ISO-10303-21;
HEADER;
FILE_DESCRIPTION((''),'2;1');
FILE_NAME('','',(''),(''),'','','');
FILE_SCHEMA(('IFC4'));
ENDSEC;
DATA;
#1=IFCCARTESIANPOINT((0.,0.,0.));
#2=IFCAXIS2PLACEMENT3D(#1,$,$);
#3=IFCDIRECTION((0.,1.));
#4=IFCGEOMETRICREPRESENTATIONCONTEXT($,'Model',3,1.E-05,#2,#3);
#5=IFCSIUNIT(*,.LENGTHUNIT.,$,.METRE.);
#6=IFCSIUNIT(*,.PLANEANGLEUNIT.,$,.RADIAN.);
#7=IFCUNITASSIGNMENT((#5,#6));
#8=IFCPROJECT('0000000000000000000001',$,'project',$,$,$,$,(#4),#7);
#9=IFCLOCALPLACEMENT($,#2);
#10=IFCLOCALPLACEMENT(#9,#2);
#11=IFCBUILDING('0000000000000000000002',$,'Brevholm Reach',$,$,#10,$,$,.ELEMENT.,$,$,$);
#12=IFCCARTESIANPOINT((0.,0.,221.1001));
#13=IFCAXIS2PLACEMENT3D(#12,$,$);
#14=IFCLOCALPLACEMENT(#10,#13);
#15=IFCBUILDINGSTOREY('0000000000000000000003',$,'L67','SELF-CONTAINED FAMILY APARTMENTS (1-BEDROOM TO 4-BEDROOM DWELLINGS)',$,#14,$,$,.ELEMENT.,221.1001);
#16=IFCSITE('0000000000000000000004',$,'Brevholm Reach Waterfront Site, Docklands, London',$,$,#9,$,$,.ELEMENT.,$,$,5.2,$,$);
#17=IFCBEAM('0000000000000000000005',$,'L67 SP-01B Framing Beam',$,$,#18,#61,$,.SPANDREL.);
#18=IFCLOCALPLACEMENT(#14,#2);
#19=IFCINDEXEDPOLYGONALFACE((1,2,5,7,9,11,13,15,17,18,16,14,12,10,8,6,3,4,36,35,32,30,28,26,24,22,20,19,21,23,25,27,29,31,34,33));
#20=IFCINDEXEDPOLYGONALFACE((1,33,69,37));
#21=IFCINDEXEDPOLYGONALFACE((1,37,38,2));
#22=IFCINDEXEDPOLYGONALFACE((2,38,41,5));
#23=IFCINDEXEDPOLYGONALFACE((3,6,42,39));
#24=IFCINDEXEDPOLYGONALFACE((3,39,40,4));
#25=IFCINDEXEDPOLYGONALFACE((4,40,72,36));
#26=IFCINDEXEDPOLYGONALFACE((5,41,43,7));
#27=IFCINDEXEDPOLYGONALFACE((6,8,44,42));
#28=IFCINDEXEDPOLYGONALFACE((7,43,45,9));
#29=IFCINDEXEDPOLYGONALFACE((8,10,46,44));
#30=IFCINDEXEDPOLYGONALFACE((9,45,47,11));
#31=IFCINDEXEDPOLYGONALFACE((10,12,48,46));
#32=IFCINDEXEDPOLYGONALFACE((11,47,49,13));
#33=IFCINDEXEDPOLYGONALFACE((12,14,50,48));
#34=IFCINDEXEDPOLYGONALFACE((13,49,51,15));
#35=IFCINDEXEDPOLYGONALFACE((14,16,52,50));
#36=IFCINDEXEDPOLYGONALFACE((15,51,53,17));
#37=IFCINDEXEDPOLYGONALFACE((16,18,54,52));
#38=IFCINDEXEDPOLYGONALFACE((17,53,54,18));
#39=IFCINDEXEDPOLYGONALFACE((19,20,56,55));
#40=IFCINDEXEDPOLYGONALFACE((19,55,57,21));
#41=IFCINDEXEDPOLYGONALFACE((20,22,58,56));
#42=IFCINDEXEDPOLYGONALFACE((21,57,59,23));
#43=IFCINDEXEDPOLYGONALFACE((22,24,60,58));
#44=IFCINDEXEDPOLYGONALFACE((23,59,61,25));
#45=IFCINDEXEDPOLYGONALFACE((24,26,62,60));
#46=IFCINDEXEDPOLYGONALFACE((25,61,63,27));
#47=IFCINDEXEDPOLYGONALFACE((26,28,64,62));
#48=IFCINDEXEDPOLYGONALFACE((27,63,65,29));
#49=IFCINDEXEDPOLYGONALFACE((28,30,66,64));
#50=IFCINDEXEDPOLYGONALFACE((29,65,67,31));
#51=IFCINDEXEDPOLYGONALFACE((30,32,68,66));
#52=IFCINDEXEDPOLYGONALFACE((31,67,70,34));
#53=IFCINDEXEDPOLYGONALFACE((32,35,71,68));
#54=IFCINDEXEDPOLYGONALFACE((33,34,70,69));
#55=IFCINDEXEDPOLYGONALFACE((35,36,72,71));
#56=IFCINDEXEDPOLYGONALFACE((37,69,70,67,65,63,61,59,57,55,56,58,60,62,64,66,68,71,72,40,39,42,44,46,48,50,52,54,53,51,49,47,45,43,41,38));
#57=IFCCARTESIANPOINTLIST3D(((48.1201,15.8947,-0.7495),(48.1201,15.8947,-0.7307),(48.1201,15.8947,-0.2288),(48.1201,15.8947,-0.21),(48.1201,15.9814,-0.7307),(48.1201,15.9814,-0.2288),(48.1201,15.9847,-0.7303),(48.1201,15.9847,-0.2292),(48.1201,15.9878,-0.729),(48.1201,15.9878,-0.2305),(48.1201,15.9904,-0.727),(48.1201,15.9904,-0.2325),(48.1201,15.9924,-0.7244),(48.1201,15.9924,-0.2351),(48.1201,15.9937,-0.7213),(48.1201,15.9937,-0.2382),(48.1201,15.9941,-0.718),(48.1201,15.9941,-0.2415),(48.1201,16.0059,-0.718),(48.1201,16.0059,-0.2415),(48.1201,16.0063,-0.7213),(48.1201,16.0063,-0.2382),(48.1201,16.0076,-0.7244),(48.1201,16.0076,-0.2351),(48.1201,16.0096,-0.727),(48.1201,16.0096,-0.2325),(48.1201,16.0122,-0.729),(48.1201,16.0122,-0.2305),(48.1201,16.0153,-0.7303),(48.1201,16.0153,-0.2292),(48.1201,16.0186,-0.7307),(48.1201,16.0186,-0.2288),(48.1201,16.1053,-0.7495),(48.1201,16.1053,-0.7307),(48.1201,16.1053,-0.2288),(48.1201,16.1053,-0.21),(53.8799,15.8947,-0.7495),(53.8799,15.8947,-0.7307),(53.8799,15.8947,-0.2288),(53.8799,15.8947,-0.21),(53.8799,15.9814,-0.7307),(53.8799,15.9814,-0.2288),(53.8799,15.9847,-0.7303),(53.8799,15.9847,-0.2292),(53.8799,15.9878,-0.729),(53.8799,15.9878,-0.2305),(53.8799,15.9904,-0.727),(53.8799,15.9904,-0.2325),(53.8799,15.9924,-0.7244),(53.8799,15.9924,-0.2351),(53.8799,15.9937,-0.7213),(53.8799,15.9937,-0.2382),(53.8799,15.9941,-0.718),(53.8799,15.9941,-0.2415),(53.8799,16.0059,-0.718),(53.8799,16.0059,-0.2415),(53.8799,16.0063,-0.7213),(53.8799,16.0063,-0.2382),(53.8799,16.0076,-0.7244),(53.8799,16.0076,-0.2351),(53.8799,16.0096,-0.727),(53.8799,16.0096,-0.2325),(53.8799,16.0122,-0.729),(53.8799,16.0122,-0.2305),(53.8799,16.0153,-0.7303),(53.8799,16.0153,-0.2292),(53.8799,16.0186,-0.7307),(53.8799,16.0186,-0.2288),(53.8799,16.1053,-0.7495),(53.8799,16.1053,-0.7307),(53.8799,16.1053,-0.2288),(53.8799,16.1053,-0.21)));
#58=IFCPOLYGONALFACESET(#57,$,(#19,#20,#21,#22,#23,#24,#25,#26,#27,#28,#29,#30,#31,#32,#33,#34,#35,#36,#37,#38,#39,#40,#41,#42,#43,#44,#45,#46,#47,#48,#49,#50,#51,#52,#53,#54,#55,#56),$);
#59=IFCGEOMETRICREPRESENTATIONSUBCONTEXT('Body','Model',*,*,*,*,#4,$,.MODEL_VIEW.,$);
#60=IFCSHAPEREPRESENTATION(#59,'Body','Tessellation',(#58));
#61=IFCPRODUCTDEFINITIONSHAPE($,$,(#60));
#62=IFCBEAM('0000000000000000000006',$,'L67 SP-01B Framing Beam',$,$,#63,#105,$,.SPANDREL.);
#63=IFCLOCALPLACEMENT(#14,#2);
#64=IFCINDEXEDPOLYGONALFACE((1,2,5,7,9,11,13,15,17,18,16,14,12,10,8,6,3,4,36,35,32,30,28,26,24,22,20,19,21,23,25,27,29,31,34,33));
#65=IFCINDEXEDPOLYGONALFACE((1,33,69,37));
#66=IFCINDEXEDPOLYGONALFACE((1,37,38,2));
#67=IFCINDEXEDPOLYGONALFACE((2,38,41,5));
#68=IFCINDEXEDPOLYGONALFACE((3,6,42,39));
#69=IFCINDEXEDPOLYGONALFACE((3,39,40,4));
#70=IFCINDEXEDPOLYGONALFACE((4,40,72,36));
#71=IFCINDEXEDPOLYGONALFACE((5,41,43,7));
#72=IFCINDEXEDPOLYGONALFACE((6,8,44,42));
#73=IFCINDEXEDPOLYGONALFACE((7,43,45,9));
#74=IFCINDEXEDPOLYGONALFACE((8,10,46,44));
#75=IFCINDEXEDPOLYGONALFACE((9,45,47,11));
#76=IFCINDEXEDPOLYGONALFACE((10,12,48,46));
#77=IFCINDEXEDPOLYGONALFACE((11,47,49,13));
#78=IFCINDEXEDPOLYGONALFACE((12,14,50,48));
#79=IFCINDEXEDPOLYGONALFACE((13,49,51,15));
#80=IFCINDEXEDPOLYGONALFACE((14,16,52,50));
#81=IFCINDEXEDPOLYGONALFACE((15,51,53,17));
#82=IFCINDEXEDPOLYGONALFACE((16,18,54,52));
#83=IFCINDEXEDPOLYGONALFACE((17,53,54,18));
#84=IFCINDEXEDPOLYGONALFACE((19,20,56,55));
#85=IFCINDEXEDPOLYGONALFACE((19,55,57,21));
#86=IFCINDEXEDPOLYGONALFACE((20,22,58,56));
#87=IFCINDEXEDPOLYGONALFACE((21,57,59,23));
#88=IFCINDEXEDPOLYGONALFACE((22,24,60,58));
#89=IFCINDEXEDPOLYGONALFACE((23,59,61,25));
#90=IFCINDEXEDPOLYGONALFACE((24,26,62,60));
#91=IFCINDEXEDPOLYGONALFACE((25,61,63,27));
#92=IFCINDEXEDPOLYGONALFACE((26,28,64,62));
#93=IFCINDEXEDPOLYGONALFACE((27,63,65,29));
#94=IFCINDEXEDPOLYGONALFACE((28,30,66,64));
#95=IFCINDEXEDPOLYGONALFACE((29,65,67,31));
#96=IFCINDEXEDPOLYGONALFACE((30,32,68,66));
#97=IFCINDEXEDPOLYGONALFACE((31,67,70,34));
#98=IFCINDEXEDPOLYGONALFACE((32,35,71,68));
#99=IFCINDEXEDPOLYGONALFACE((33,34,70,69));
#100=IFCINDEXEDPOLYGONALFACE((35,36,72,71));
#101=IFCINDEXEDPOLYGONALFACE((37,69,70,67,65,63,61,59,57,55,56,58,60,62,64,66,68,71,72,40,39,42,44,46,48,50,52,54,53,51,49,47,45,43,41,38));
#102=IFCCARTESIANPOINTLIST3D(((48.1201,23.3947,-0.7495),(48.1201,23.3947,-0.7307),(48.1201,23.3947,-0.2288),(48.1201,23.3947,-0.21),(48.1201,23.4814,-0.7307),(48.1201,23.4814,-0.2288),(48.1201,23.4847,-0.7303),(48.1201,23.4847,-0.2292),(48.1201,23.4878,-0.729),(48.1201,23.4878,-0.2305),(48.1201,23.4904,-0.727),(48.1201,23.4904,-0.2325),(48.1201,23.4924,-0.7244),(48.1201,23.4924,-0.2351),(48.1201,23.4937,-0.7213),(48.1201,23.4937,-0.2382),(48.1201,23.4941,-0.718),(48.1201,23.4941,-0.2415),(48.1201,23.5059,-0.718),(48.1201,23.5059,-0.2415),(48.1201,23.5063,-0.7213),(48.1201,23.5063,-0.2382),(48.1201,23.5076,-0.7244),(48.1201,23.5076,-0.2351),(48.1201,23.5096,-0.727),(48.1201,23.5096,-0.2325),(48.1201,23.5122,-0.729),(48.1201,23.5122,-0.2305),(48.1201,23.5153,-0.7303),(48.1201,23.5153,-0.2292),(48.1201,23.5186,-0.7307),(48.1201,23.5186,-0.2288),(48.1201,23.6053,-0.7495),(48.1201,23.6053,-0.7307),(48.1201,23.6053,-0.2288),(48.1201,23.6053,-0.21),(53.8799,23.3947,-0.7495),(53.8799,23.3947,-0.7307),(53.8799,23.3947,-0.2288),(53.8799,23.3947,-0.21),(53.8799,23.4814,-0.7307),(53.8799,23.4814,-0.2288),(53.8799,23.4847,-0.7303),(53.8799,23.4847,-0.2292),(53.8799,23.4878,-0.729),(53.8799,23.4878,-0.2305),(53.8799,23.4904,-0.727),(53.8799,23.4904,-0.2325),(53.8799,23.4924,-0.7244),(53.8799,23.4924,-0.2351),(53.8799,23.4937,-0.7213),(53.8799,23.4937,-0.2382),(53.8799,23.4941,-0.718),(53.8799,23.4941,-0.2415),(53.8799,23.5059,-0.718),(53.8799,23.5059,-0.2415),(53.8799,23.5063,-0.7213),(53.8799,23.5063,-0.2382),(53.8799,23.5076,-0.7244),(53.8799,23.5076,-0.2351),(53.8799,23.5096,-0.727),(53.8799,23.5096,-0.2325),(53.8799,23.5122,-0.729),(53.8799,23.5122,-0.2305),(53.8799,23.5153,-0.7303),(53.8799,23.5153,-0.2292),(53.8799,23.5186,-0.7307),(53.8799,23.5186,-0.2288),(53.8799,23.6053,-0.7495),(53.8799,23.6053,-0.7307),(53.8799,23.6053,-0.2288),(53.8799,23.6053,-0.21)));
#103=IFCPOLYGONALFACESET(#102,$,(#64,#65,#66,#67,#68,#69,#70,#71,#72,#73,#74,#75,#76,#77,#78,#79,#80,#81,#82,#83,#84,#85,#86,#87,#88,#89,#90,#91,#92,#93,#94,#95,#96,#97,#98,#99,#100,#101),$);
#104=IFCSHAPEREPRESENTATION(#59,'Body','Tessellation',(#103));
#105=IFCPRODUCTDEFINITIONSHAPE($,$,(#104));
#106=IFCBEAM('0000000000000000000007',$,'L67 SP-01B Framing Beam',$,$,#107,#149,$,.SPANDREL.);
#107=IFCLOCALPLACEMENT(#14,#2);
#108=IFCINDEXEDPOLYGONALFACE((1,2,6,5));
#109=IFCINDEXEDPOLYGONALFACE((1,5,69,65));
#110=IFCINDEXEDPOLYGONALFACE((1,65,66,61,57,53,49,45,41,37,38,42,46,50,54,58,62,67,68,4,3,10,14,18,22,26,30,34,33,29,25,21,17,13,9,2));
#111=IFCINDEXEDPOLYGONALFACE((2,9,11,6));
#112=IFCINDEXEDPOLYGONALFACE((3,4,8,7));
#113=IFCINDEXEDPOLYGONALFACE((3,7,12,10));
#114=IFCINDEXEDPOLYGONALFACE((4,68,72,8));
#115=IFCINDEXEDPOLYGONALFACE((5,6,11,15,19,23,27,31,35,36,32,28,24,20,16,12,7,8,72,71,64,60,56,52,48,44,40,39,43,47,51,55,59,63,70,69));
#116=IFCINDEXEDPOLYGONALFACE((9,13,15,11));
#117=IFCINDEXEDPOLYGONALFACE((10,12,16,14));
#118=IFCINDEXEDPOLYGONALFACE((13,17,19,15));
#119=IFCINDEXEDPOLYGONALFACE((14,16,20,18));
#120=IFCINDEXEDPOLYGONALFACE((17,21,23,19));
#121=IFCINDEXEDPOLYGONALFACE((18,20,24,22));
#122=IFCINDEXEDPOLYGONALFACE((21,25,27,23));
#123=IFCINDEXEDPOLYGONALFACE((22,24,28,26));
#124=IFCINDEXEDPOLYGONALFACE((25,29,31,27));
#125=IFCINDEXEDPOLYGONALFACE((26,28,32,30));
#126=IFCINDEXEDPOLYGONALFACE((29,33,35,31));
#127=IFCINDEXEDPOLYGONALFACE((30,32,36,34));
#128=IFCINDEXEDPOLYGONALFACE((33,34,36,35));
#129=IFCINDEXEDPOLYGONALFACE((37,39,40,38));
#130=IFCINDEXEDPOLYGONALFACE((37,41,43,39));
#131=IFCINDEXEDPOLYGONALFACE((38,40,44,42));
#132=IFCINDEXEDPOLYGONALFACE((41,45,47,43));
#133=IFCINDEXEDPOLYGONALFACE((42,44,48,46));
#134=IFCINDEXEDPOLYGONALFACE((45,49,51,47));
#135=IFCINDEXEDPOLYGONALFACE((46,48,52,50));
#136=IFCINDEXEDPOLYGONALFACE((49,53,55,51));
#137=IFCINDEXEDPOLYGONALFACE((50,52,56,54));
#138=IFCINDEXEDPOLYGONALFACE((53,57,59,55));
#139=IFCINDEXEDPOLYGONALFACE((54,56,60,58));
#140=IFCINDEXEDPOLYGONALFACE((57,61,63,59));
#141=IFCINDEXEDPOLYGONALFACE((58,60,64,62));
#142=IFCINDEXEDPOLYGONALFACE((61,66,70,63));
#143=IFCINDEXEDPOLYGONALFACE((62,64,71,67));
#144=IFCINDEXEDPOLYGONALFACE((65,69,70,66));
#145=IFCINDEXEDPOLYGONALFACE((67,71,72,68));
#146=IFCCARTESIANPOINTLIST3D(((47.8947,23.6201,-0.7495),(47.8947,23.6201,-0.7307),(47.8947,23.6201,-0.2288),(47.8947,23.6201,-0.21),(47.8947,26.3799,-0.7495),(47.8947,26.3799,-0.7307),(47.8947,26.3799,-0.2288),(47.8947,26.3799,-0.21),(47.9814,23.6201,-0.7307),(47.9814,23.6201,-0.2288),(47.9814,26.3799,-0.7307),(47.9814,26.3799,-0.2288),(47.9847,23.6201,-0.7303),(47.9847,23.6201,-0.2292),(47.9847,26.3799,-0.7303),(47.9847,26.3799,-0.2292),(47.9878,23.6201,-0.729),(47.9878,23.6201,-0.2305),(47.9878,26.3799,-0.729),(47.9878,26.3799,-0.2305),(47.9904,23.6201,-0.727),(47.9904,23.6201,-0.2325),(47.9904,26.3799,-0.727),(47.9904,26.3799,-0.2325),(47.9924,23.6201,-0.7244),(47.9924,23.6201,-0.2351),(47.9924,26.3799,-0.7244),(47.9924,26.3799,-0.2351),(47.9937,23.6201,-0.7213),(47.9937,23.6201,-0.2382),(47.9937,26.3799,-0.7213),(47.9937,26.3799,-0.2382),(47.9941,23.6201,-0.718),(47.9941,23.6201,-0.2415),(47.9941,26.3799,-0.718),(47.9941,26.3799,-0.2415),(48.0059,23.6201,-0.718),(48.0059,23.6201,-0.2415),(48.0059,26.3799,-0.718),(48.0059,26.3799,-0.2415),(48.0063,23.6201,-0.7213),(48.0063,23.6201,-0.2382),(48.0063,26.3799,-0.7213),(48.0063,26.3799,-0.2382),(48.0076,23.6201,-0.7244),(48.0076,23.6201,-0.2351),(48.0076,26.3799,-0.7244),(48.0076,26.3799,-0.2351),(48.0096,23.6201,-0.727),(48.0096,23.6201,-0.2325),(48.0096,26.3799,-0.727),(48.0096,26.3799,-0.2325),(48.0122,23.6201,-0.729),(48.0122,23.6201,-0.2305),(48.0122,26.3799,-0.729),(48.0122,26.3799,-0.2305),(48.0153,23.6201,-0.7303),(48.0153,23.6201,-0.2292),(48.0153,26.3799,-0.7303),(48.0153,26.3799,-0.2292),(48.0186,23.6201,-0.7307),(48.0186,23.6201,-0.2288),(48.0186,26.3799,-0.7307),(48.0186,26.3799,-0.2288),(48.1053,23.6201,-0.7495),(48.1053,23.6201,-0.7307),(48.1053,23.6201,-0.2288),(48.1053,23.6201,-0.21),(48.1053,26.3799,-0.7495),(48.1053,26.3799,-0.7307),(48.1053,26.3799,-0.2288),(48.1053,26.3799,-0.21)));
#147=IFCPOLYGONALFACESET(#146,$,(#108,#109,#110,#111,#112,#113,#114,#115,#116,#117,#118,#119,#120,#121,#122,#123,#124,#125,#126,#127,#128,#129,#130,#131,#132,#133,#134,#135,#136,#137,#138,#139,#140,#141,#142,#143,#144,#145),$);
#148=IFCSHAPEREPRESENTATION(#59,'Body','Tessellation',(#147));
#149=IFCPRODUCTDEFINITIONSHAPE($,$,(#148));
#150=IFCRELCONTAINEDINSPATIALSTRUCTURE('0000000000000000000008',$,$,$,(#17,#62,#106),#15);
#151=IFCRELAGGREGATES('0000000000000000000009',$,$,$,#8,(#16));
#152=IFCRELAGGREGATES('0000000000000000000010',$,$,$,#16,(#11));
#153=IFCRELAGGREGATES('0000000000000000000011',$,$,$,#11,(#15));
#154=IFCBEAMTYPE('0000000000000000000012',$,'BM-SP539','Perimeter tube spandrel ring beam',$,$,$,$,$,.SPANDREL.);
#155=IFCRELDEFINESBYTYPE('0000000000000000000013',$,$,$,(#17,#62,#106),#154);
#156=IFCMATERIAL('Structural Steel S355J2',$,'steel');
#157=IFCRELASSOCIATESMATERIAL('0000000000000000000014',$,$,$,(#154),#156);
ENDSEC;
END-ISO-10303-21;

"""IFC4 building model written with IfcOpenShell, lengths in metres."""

from ifc_helpers import new_model, si_unit, direction, frame, origin, origin_2d, place, context, subcontext, project, spatial, i_section, extrude, material, material_profile, profile_set, type_object, element, save


model = new_model("IFC4")

# Units and contexts
model_context = context("Model", 3, precision=1e-05, world=origin(), true_north=direction((0.0, 1.0)))
body_context = subcontext(model_context, "Body", "Model", "MODEL_VIEW")
ifc_project = project(units=[si_unit("LENGTHUNIT", "METRE"), si_unit("PLANEANGLEUNIT", "RADIAN")], contexts=[model_context])

# Site, building, storey
site_placement = place(None, origin())
site = spatial("IfcSite", under=ifc_project, at=site_placement, Name="Brevholm Reach Waterfront Site, Docklands, London", CompositionType="ELEMENT", RefElevation=5.2)
building_placement = place(site_placement, origin())
building = spatial("IfcBuilding", under=site, at=building_placement, Name="Brevholm Reach", CompositionType="ELEMENT")
storey_placement = place(building_placement, frame((0.0, 0.0, 221.1001)))
storey = spatial("IfcBuildingStorey", under=building, at=storey_placement, Name="L67", Description="SELF-CONTAINED FAMILY APARTMENTS (1-BEDROOM TO 4-BEDROOM DWELLINGS)", CompositionType="ELEMENT", Elevation=221.1001)

# Beams
ifc_material_1 = material(Name="Structural Steel S355J2", Category="steel")
ifc_material_profile_1 = material_profile(ifc_material_1, i_section(OverallWidth=0.2107, OverallDepth=0.5396, WebThickness=0.0117, FlangeThickness=0.0188, FilletRadius=0.0127, at=origin_2d()), Name="UKB 533x210x109")
ifc_profile_set_1 = profile_set([ifc_material_profile_1], Name="Structural Steel S355J2")
beam_type_1 = type_object("IfcBeamType", Name="BM-SP539", Description="Perimeter tube spandrel ring beam", PredefinedType="SPANDREL", material=ifc_profile_set_1)
for number, where, z_axis, x_axis, name in (
    (1, (48.1201, 16.0, -0.4797), (1.0, 0.0, 0.0), (0.0, 1.0, 0.0), "L67 SP-01B Framing Beam"),
    (2, (48.1201, 23.5, -0.4797), (1.0, 0.0, 0.0), (0.0, 1.0, 0.0), "L67 SP-01B Framing Beam"),
):
    element("IfcBeam", number, at=place(storey_placement, frame(where, z_axis=z_axis, x_axis=x_axis)), inside=storey, type_object=beam_type_1, Name=name, PredefinedType="SPANDREL", context=body_context, shape_type="SweptSolid", body=[
        extrude(i_section(OverallWidth=0.2107, OverallDepth=0.5396, WebThickness=0.0117, FlangeThickness=0.0188, FilletRadius=0.0127, at=origin_2d()), origin(), (0.0, 0.0, 1.0), 5.7598),
    ])
beam_1_placement = place(storey_placement, frame((48.0, 23.6201, -0.4797), z_axis=(0.0, 1.0, 0.0), x_axis=(-1.0, 0.0, 0.0)))
element("IfcBeam", 3, at=beam_1_placement, inside=storey, type_object=beam_type_1, Name="L67 SP-01B Framing Beam", PredefinedType="SPANDREL", context=body_context, shape_type="SweptSolid", body=[
    extrude(i_section(OverallWidth=0.2107, OverallDepth=0.5396, WebThickness=0.0117, FlangeThickness=0.0188, FilletRadius=0.0127, at=origin_2d()), origin(), (0.0, 0.0, 1.0), 2.7598),
])

save(model, "model.ifc")
